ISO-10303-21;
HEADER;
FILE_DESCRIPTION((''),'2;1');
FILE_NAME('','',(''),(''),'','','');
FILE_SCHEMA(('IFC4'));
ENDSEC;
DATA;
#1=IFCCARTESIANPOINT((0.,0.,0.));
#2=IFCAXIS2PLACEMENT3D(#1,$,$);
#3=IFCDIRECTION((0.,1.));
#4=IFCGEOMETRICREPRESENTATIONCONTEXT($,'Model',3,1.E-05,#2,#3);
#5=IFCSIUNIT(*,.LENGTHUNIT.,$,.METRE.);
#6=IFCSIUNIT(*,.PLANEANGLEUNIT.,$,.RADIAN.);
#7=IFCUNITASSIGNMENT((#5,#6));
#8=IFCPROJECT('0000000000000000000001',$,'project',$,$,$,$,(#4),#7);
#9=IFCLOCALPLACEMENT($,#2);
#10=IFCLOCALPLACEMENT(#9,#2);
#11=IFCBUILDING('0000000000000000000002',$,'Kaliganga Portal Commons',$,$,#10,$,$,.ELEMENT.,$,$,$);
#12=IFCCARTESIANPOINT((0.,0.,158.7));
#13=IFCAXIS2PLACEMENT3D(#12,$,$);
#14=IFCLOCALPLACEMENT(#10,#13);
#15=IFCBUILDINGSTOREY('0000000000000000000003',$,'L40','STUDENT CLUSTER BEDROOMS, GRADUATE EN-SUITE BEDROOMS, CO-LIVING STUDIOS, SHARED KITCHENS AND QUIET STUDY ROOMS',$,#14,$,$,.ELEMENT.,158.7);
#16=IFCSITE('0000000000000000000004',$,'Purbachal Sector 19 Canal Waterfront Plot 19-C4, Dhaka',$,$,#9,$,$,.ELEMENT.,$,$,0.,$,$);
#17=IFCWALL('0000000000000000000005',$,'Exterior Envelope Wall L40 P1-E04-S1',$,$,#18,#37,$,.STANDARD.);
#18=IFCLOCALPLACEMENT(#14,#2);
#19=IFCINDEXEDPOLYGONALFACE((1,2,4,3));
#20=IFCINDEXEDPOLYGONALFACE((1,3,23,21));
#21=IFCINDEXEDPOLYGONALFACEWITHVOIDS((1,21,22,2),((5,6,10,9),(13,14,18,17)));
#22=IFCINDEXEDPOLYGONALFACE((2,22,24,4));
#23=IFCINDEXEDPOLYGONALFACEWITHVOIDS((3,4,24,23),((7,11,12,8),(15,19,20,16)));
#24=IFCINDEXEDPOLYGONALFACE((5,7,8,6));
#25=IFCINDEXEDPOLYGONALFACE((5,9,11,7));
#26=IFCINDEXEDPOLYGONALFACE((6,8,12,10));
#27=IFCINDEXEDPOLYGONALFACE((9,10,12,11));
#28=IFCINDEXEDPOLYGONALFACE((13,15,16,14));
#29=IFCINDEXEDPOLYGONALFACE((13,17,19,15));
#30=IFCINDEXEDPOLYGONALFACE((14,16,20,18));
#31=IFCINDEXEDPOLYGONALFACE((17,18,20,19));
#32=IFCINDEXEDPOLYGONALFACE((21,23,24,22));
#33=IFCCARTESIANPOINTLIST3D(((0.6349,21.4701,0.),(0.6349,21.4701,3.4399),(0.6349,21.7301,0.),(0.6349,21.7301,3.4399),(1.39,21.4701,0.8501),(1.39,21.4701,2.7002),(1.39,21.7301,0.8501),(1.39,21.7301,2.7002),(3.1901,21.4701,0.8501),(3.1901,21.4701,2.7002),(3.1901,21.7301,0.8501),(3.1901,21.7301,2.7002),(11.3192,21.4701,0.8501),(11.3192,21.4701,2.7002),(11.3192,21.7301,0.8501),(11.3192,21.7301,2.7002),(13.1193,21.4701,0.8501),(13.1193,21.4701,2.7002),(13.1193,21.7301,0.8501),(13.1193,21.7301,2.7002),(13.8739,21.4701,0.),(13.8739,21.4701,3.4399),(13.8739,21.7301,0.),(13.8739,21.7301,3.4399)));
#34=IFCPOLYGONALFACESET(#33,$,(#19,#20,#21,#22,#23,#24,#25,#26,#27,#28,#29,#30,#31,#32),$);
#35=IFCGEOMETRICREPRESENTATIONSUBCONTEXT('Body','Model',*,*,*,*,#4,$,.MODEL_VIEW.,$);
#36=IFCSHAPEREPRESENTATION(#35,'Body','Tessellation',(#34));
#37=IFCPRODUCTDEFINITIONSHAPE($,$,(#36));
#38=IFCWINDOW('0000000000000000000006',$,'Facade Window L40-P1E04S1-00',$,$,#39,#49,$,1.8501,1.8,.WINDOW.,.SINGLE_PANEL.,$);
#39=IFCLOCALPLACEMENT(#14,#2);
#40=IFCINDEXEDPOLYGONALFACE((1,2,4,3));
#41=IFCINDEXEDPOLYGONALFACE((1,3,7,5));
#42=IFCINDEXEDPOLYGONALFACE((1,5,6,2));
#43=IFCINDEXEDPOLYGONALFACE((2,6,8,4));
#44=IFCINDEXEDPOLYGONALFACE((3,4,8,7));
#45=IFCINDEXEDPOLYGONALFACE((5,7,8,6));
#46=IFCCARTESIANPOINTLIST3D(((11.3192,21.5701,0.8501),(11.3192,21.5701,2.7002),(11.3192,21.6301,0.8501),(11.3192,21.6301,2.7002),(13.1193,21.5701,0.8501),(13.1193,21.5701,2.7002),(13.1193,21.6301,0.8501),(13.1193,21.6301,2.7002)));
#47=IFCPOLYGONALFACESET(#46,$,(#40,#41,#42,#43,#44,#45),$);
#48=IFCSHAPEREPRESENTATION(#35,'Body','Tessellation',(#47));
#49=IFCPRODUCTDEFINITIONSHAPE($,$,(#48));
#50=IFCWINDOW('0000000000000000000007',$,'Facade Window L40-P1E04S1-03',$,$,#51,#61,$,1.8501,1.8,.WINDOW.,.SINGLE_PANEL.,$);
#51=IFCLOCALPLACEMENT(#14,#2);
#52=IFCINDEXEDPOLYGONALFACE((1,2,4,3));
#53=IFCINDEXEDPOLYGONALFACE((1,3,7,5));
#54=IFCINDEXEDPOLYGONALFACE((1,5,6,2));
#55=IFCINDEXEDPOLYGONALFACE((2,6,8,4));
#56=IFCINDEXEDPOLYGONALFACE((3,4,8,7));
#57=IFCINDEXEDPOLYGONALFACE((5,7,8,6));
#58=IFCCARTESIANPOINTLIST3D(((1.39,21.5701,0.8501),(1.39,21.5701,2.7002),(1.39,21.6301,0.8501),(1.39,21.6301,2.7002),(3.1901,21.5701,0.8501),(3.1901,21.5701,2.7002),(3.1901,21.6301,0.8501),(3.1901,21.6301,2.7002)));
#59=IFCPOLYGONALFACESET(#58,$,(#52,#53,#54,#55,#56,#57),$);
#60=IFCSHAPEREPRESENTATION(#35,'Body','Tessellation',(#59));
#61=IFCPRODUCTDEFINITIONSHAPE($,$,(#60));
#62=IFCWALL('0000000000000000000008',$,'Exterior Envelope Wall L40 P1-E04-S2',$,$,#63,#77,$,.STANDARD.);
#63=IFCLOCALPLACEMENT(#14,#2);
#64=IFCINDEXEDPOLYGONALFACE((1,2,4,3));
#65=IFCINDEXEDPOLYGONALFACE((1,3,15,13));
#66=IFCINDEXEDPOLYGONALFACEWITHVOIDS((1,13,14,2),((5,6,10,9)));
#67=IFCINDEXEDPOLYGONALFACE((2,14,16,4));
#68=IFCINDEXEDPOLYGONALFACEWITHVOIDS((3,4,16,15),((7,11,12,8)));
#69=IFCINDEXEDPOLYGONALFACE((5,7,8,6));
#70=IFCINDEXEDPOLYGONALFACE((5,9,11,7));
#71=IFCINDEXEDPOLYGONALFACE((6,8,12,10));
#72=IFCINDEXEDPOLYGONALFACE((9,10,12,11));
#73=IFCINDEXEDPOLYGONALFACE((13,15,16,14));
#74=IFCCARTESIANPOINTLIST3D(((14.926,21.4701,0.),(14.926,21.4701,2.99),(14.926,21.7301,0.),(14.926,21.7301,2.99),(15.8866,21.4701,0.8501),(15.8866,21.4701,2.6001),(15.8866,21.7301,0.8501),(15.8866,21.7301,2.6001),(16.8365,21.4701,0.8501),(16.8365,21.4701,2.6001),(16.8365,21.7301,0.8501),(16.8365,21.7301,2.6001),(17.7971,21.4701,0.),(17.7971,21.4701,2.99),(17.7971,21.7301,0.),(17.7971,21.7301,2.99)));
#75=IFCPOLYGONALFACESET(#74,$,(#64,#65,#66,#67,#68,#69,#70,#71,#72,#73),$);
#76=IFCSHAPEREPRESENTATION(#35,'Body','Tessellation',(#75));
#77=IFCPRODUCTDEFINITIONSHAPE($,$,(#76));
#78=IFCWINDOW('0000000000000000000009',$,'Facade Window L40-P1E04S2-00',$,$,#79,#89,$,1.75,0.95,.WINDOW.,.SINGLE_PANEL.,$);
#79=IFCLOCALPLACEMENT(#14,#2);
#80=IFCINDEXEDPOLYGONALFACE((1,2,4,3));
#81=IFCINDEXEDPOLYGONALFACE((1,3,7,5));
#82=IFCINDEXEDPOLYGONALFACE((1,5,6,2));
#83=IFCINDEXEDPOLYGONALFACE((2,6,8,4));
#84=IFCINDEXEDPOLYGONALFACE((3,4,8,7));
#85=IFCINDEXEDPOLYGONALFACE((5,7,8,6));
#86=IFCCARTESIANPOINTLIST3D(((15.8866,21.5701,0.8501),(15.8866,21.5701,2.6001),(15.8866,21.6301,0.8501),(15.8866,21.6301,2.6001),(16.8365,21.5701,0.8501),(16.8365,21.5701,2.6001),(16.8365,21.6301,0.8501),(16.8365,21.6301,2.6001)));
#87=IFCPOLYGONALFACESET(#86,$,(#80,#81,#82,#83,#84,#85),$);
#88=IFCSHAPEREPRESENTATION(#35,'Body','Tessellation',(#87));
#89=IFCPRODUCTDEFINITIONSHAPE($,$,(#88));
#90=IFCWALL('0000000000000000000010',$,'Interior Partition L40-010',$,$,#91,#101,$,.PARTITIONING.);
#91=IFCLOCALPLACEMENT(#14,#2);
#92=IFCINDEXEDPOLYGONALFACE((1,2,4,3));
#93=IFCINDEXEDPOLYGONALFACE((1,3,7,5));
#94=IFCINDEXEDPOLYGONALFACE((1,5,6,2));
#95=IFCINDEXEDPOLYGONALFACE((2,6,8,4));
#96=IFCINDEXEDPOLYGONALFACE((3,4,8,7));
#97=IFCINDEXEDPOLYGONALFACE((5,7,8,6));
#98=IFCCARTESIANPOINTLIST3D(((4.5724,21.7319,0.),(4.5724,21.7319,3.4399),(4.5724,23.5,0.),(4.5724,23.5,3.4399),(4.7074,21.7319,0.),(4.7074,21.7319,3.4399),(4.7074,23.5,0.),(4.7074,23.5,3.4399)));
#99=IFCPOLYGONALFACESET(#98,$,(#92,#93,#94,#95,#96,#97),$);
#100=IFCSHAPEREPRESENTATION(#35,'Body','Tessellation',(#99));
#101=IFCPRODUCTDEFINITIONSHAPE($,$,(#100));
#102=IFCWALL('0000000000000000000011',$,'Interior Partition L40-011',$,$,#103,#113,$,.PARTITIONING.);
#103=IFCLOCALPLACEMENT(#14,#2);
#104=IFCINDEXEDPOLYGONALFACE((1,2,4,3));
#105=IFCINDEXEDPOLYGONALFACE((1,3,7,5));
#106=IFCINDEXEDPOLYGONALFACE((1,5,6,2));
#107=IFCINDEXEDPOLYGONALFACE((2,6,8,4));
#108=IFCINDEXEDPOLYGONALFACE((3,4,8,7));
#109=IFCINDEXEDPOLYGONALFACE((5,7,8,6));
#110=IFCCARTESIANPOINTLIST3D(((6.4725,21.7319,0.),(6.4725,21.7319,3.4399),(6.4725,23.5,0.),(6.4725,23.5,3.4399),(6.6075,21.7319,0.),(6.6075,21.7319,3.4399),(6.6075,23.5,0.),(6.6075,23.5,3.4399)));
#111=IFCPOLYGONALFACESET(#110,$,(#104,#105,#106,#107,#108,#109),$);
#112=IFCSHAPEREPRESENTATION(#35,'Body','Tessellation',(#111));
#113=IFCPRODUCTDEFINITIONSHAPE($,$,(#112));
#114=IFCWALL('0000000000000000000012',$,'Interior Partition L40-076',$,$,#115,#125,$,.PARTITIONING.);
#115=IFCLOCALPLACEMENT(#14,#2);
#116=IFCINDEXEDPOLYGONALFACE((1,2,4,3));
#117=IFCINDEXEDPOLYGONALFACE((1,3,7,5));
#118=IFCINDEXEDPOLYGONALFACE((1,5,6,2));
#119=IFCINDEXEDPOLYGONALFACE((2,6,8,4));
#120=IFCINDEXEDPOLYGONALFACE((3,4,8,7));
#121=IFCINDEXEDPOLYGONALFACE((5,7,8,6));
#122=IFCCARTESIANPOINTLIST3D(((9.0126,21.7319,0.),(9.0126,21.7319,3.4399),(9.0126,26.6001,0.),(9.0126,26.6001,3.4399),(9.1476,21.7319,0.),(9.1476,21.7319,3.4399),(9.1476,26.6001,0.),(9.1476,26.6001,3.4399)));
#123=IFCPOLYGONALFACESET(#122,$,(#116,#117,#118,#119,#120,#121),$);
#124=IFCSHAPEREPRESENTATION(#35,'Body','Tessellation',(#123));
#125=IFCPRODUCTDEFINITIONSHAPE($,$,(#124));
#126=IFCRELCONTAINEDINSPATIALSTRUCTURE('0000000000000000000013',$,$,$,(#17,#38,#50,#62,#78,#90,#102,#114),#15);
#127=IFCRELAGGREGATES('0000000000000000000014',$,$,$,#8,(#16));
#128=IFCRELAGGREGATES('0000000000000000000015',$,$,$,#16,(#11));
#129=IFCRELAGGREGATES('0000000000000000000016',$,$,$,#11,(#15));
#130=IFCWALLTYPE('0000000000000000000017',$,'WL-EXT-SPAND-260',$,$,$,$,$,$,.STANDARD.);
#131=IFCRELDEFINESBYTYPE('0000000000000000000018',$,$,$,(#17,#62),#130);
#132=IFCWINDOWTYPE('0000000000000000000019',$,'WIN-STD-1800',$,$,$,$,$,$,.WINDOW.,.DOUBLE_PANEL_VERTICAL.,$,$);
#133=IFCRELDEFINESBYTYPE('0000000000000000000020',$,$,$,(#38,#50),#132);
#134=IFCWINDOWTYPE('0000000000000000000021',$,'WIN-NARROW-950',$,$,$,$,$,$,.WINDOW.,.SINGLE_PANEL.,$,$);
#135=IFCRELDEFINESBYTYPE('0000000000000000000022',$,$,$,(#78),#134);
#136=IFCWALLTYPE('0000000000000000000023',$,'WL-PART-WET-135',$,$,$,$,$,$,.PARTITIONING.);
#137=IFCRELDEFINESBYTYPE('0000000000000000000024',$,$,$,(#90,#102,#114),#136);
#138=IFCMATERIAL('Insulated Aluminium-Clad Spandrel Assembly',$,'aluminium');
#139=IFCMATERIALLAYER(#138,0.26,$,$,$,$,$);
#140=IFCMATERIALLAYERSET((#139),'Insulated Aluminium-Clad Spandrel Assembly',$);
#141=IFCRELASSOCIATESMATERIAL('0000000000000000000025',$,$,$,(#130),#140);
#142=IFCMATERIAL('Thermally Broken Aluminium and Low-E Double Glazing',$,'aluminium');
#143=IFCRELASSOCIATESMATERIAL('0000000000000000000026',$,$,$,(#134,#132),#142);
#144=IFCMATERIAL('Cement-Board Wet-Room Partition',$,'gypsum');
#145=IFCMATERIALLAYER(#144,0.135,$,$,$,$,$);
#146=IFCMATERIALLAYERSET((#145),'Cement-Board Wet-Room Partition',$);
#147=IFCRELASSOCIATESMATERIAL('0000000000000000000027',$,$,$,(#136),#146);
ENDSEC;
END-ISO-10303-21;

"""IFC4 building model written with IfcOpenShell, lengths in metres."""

from ifc_helpers import new_model, si_unit, direction, frame, frame_2d, origin, place, context, subcontext, project, spatial, rectangle, extrude, material, layer, layer_set, type_object, element, fill, save


model = new_model("IFC4")

# Units and contexts
model_context = context("Model", 3, precision=1e-05, world=origin(), true_north=direction((0.0, 1.0)))
body_context = subcontext(model_context, "Body", "Model", "MODEL_VIEW")
ifc_project = project(units=[si_unit("LENGTHUNIT", "METRE"), si_unit("PLANEANGLEUNIT", "RADIAN")], contexts=[model_context])

# Site, building, storey
site_placement = place(None, origin())
site = spatial("IfcSite", under=ifc_project, at=site_placement, Name="Purbachal Sector 19 Canal Waterfront Plot 19-C4, Dhaka", CompositionType="ELEMENT", RefElevation=0.0)
building_placement = place(site_placement, origin())
building = spatial("IfcBuilding", under=site, at=building_placement, Name="Kaliganga Portal Commons", CompositionType="ELEMENT")
storey_placement = place(building_placement, frame((0.0, 0.0, 158.7)))
storey = spatial("IfcBuildingStorey", under=building, at=storey_placement, Name="L40", Description="STUDENT CLUSTER BEDROOMS, GRADUATE EN-SUITE BEDROOMS, CO-LIVING STUDIOS, SHARED KITCHENS AND QUIET STUDY ROOMS", CompositionType="ELEMENT", Elevation=158.7)

# Wall, openings, windows
ifc_material_1 = material(Name="Insulated Aluminium-Clad Spandrel Assembly", Category="aluminium")
ifc_layer_1 = layer(ifc_material_1, 0.26)
ifc_layer_set_1 = layer_set([ifc_layer_1], Name="Insulated Aluminium-Clad Spandrel Assembly")
wall_type_1 = type_object("IfcWallType", Name="WL-EXT-SPAND-260", PredefinedType="STANDARD", material=ifc_layer_set_1)
ifc_material_2 = material(Name="Thermally Broken Aluminium and Low-E Double Glazing", Category="aluminium")
window_type_1 = type_object("IfcWindowType", Name="WIN-NARROW-950", PartitioningType="SINGLE_PANEL", PredefinedType="WINDOW", material=ifc_material_2)
window_type_2 = type_object("IfcWindowType", Name="WIN-STD-1800", PartitioningType="DOUBLE_PANEL_VERTICAL", PredefinedType="WINDOW", material=ifc_material_2)
wall_1_placement = place(storey_placement, frame((13.874, 21.6001, 0.0), z_axis=(0.0, 0.0, 1.0), x_axis=(-1.0, 0.0, 0.0)))
wall_1 = element("IfcWall", 1, at=wall_1_placement, inside=storey, type_object=wall_type_1, Name="Exterior Envelope Wall L40 P1-E04-S1", PredefinedType="STANDARD", context=body_context, shape_type="SweptSolid", body=[
    extrude(rectangle(XDim=13.239, YDim=0.26, at=frame_2d((6.6196, 0.0))), origin(), (0.0, 0.0, 1.0), 3.4399),
])
opening_1_placement = place(wall_1_placement, frame((0.7549, 0.0, 0.8501)))
opening_1 = element("IfcOpeningElement", 2, at=opening_1_placement, cuts=wall_1, PredefinedType="OPENING", context=body_context, shape_type="SweptSolid", body=[
    extrude(rectangle(XDim=1.8, YDim=1.8501, at=frame_2d((0.8999, 0.925))), frame((0.0, 0.1401, 0.0), z_axis=(0.0, -1.0, 0.0), x_axis=(1.0, 0.0, 0.0)), (0.0, 0.0, 1.0), 0.28),
])
opening_2_placement = place(wall_1_placement, frame((10.6841, 0.0, 0.8501)))
opening_2 = element("IfcOpeningElement", 3, at=opening_2_placement, cuts=wall_1, PredefinedType="OPENING", context=body_context, shape_type="SweptSolid", body=[
    extrude(rectangle(XDim=1.8, YDim=1.8501, at=frame_2d((0.8999, 0.925))), frame((0.0, 0.1401, 0.0), z_axis=(0.0, -1.0, 0.0), x_axis=(1.0, 0.0, 0.0)), (0.0, 0.0, 1.0), 0.28),
])
window_1_placement = place(opening_1_placement, origin())
window_1 = element("IfcWindow", 4, at=window_1_placement, inside=storey, type_object=window_type_2, Name="Facade Window L40-P1E04S1-00", OverallHeight=1.8501, OverallWidth=1.8, PartitioningType="SINGLE_PANEL", PredefinedType="WINDOW", context=body_context, shape_type="SweptSolid", body=[
    extrude(rectangle(XDim=1.8, YDim=1.8501, at=frame_2d((0.8999, 0.925))), frame((0.0, 0.03, 0.0), z_axis=(0.0, -1.0, 0.0), x_axis=(1.0, 0.0, 0.0)), (0.0, 0.0, 1.0), 0.0601),
])
fill(opening_1, window_1)
window_2_placement = place(opening_2_placement, origin())
window_2 = element("IfcWindow", 5, at=window_2_placement, inside=storey, type_object=window_type_2, Name="Facade Window L40-P1E04S1-03", OverallHeight=1.8501, OverallWidth=1.8, PartitioningType="SINGLE_PANEL", PredefinedType="WINDOW", context=body_context, shape_type="SweptSolid", body=[
    extrude(rectangle(XDim=1.8, YDim=1.8501, at=frame_2d((0.8999, 0.925))), frame((0.0, 0.03, 0.0), z_axis=(0.0, -1.0, 0.0), x_axis=(1.0, 0.0, 0.0)), (0.0, 0.0, 1.0), 0.0601),
])
fill(opening_2, window_2)

# Wall, opening, window
wall_2_placement = place(storey_placement, frame((17.7971, 21.6001, 0.0), z_axis=(0.0, 0.0, 1.0), x_axis=(-1.0, 0.0, 0.0)))
wall_2 = element("IfcWall", 6, at=wall_2_placement, inside=storey, type_object=wall_type_1, Name="Exterior Envelope Wall L40 P1-E04-S2", PredefinedType="STANDARD", context=body_context, shape_type="SweptSolid", body=[
    extrude(rectangle(XDim=2.8711, YDim=0.26, at=frame_2d((1.4355, 0.0))), origin(), (0.0, 0.0, 1.0), 2.99),
])
opening_3_placement = place(wall_2_placement, frame((0.9604, 0.0, 0.8501)))
opening_3 = element("IfcOpeningElement", 7, at=opening_3_placement, cuts=wall_2, PredefinedType="OPENING", context=body_context, shape_type="SweptSolid", body=[
    extrude(rectangle(XDim=0.95, YDim=1.75, at=frame_2d((0.4751, 0.875))), frame((0.0, 0.1401, 0.0), z_axis=(0.0, -1.0, 0.0), x_axis=(1.0, 0.0, 0.0)), (0.0, 0.0, 1.0), 0.28),
])
window_3_placement = place(opening_3_placement, origin())
window_3 = element("IfcWindow", 8, at=window_3_placement, inside=storey, type_object=window_type_1, Name="Facade Window L40-P1E04S2-00", OverallHeight=1.75, OverallWidth=0.95, PartitioningType="SINGLE_PANEL", PredefinedType="WINDOW", context=body_context, shape_type="SweptSolid", body=[
    extrude(rectangle(XDim=0.95, YDim=1.75, at=frame_2d((0.4751, 0.875))), frame((0.0, 0.03, 0.0), z_axis=(0.0, -1.0, 0.0), x_axis=(1.0, 0.0, 0.0)), (0.0, 0.0, 1.0), 0.0601),
])
fill(opening_3, window_3)

# Walls
ifc_material_3 = material(Name="Cement-Board Wet-Room Partition", Category="gypsum")
ifc_layer_2 = layer(ifc_material_3, 0.135)
ifc_layer_set_2 = layer_set([ifc_layer_2], Name="Cement-Board Wet-Room Partition")
wall_type_2 = type_object("IfcWallType", Name="WL-PART-WET-135", PredefinedType="PARTITIONING", material=ifc_layer_set_2)
for number, where, z_axis, x_axis, name in (
    (9, (4.6399, 21.7319, 0.0), (0.0, 0.0, 1.0), (0.0, 1.0, 0.0), "Interior Partition L40-010"),
    (10, (6.54, 21.7319, 0.0), (0.0, 0.0, 1.0), (0.0, 1.0, 0.0), "Interior Partition L40-011"),
):
    element("IfcWall", number, at=place(storey_placement, frame(where, z_axis=z_axis, x_axis=x_axis)), inside=storey, type_object=wall_type_2, Name=name, PredefinedType="PARTITIONING", context=body_context, shape_type="SweptSolid", body=[
        extrude(rectangle(XDim=1.7681, YDim=0.135, at=frame_2d((0.884, 0.0))), origin(), (0.0, 0.0, 1.0), 3.4399),
    ])
wall_3_placement = place(storey_placement, frame((9.0801, 21.7319, 0.0), z_axis=(0.0, 0.0, 1.0), x_axis=(0.0, 1.0, 0.0)))
element("IfcWall", 11, at=wall_3_placement, inside=storey, type_object=wall_type_2, Name="Interior Partition L40-076", PredefinedType="PARTITIONING", context=body_context, shape_type="SweptSolid", body=[
    extrude(rectangle(XDim=4.8682, YDim=0.135, at=frame_2d((2.4341, 0.0))), origin(), (0.0, 0.0, 1.0), 3.4399),
])

save(model, "model.ifc")
